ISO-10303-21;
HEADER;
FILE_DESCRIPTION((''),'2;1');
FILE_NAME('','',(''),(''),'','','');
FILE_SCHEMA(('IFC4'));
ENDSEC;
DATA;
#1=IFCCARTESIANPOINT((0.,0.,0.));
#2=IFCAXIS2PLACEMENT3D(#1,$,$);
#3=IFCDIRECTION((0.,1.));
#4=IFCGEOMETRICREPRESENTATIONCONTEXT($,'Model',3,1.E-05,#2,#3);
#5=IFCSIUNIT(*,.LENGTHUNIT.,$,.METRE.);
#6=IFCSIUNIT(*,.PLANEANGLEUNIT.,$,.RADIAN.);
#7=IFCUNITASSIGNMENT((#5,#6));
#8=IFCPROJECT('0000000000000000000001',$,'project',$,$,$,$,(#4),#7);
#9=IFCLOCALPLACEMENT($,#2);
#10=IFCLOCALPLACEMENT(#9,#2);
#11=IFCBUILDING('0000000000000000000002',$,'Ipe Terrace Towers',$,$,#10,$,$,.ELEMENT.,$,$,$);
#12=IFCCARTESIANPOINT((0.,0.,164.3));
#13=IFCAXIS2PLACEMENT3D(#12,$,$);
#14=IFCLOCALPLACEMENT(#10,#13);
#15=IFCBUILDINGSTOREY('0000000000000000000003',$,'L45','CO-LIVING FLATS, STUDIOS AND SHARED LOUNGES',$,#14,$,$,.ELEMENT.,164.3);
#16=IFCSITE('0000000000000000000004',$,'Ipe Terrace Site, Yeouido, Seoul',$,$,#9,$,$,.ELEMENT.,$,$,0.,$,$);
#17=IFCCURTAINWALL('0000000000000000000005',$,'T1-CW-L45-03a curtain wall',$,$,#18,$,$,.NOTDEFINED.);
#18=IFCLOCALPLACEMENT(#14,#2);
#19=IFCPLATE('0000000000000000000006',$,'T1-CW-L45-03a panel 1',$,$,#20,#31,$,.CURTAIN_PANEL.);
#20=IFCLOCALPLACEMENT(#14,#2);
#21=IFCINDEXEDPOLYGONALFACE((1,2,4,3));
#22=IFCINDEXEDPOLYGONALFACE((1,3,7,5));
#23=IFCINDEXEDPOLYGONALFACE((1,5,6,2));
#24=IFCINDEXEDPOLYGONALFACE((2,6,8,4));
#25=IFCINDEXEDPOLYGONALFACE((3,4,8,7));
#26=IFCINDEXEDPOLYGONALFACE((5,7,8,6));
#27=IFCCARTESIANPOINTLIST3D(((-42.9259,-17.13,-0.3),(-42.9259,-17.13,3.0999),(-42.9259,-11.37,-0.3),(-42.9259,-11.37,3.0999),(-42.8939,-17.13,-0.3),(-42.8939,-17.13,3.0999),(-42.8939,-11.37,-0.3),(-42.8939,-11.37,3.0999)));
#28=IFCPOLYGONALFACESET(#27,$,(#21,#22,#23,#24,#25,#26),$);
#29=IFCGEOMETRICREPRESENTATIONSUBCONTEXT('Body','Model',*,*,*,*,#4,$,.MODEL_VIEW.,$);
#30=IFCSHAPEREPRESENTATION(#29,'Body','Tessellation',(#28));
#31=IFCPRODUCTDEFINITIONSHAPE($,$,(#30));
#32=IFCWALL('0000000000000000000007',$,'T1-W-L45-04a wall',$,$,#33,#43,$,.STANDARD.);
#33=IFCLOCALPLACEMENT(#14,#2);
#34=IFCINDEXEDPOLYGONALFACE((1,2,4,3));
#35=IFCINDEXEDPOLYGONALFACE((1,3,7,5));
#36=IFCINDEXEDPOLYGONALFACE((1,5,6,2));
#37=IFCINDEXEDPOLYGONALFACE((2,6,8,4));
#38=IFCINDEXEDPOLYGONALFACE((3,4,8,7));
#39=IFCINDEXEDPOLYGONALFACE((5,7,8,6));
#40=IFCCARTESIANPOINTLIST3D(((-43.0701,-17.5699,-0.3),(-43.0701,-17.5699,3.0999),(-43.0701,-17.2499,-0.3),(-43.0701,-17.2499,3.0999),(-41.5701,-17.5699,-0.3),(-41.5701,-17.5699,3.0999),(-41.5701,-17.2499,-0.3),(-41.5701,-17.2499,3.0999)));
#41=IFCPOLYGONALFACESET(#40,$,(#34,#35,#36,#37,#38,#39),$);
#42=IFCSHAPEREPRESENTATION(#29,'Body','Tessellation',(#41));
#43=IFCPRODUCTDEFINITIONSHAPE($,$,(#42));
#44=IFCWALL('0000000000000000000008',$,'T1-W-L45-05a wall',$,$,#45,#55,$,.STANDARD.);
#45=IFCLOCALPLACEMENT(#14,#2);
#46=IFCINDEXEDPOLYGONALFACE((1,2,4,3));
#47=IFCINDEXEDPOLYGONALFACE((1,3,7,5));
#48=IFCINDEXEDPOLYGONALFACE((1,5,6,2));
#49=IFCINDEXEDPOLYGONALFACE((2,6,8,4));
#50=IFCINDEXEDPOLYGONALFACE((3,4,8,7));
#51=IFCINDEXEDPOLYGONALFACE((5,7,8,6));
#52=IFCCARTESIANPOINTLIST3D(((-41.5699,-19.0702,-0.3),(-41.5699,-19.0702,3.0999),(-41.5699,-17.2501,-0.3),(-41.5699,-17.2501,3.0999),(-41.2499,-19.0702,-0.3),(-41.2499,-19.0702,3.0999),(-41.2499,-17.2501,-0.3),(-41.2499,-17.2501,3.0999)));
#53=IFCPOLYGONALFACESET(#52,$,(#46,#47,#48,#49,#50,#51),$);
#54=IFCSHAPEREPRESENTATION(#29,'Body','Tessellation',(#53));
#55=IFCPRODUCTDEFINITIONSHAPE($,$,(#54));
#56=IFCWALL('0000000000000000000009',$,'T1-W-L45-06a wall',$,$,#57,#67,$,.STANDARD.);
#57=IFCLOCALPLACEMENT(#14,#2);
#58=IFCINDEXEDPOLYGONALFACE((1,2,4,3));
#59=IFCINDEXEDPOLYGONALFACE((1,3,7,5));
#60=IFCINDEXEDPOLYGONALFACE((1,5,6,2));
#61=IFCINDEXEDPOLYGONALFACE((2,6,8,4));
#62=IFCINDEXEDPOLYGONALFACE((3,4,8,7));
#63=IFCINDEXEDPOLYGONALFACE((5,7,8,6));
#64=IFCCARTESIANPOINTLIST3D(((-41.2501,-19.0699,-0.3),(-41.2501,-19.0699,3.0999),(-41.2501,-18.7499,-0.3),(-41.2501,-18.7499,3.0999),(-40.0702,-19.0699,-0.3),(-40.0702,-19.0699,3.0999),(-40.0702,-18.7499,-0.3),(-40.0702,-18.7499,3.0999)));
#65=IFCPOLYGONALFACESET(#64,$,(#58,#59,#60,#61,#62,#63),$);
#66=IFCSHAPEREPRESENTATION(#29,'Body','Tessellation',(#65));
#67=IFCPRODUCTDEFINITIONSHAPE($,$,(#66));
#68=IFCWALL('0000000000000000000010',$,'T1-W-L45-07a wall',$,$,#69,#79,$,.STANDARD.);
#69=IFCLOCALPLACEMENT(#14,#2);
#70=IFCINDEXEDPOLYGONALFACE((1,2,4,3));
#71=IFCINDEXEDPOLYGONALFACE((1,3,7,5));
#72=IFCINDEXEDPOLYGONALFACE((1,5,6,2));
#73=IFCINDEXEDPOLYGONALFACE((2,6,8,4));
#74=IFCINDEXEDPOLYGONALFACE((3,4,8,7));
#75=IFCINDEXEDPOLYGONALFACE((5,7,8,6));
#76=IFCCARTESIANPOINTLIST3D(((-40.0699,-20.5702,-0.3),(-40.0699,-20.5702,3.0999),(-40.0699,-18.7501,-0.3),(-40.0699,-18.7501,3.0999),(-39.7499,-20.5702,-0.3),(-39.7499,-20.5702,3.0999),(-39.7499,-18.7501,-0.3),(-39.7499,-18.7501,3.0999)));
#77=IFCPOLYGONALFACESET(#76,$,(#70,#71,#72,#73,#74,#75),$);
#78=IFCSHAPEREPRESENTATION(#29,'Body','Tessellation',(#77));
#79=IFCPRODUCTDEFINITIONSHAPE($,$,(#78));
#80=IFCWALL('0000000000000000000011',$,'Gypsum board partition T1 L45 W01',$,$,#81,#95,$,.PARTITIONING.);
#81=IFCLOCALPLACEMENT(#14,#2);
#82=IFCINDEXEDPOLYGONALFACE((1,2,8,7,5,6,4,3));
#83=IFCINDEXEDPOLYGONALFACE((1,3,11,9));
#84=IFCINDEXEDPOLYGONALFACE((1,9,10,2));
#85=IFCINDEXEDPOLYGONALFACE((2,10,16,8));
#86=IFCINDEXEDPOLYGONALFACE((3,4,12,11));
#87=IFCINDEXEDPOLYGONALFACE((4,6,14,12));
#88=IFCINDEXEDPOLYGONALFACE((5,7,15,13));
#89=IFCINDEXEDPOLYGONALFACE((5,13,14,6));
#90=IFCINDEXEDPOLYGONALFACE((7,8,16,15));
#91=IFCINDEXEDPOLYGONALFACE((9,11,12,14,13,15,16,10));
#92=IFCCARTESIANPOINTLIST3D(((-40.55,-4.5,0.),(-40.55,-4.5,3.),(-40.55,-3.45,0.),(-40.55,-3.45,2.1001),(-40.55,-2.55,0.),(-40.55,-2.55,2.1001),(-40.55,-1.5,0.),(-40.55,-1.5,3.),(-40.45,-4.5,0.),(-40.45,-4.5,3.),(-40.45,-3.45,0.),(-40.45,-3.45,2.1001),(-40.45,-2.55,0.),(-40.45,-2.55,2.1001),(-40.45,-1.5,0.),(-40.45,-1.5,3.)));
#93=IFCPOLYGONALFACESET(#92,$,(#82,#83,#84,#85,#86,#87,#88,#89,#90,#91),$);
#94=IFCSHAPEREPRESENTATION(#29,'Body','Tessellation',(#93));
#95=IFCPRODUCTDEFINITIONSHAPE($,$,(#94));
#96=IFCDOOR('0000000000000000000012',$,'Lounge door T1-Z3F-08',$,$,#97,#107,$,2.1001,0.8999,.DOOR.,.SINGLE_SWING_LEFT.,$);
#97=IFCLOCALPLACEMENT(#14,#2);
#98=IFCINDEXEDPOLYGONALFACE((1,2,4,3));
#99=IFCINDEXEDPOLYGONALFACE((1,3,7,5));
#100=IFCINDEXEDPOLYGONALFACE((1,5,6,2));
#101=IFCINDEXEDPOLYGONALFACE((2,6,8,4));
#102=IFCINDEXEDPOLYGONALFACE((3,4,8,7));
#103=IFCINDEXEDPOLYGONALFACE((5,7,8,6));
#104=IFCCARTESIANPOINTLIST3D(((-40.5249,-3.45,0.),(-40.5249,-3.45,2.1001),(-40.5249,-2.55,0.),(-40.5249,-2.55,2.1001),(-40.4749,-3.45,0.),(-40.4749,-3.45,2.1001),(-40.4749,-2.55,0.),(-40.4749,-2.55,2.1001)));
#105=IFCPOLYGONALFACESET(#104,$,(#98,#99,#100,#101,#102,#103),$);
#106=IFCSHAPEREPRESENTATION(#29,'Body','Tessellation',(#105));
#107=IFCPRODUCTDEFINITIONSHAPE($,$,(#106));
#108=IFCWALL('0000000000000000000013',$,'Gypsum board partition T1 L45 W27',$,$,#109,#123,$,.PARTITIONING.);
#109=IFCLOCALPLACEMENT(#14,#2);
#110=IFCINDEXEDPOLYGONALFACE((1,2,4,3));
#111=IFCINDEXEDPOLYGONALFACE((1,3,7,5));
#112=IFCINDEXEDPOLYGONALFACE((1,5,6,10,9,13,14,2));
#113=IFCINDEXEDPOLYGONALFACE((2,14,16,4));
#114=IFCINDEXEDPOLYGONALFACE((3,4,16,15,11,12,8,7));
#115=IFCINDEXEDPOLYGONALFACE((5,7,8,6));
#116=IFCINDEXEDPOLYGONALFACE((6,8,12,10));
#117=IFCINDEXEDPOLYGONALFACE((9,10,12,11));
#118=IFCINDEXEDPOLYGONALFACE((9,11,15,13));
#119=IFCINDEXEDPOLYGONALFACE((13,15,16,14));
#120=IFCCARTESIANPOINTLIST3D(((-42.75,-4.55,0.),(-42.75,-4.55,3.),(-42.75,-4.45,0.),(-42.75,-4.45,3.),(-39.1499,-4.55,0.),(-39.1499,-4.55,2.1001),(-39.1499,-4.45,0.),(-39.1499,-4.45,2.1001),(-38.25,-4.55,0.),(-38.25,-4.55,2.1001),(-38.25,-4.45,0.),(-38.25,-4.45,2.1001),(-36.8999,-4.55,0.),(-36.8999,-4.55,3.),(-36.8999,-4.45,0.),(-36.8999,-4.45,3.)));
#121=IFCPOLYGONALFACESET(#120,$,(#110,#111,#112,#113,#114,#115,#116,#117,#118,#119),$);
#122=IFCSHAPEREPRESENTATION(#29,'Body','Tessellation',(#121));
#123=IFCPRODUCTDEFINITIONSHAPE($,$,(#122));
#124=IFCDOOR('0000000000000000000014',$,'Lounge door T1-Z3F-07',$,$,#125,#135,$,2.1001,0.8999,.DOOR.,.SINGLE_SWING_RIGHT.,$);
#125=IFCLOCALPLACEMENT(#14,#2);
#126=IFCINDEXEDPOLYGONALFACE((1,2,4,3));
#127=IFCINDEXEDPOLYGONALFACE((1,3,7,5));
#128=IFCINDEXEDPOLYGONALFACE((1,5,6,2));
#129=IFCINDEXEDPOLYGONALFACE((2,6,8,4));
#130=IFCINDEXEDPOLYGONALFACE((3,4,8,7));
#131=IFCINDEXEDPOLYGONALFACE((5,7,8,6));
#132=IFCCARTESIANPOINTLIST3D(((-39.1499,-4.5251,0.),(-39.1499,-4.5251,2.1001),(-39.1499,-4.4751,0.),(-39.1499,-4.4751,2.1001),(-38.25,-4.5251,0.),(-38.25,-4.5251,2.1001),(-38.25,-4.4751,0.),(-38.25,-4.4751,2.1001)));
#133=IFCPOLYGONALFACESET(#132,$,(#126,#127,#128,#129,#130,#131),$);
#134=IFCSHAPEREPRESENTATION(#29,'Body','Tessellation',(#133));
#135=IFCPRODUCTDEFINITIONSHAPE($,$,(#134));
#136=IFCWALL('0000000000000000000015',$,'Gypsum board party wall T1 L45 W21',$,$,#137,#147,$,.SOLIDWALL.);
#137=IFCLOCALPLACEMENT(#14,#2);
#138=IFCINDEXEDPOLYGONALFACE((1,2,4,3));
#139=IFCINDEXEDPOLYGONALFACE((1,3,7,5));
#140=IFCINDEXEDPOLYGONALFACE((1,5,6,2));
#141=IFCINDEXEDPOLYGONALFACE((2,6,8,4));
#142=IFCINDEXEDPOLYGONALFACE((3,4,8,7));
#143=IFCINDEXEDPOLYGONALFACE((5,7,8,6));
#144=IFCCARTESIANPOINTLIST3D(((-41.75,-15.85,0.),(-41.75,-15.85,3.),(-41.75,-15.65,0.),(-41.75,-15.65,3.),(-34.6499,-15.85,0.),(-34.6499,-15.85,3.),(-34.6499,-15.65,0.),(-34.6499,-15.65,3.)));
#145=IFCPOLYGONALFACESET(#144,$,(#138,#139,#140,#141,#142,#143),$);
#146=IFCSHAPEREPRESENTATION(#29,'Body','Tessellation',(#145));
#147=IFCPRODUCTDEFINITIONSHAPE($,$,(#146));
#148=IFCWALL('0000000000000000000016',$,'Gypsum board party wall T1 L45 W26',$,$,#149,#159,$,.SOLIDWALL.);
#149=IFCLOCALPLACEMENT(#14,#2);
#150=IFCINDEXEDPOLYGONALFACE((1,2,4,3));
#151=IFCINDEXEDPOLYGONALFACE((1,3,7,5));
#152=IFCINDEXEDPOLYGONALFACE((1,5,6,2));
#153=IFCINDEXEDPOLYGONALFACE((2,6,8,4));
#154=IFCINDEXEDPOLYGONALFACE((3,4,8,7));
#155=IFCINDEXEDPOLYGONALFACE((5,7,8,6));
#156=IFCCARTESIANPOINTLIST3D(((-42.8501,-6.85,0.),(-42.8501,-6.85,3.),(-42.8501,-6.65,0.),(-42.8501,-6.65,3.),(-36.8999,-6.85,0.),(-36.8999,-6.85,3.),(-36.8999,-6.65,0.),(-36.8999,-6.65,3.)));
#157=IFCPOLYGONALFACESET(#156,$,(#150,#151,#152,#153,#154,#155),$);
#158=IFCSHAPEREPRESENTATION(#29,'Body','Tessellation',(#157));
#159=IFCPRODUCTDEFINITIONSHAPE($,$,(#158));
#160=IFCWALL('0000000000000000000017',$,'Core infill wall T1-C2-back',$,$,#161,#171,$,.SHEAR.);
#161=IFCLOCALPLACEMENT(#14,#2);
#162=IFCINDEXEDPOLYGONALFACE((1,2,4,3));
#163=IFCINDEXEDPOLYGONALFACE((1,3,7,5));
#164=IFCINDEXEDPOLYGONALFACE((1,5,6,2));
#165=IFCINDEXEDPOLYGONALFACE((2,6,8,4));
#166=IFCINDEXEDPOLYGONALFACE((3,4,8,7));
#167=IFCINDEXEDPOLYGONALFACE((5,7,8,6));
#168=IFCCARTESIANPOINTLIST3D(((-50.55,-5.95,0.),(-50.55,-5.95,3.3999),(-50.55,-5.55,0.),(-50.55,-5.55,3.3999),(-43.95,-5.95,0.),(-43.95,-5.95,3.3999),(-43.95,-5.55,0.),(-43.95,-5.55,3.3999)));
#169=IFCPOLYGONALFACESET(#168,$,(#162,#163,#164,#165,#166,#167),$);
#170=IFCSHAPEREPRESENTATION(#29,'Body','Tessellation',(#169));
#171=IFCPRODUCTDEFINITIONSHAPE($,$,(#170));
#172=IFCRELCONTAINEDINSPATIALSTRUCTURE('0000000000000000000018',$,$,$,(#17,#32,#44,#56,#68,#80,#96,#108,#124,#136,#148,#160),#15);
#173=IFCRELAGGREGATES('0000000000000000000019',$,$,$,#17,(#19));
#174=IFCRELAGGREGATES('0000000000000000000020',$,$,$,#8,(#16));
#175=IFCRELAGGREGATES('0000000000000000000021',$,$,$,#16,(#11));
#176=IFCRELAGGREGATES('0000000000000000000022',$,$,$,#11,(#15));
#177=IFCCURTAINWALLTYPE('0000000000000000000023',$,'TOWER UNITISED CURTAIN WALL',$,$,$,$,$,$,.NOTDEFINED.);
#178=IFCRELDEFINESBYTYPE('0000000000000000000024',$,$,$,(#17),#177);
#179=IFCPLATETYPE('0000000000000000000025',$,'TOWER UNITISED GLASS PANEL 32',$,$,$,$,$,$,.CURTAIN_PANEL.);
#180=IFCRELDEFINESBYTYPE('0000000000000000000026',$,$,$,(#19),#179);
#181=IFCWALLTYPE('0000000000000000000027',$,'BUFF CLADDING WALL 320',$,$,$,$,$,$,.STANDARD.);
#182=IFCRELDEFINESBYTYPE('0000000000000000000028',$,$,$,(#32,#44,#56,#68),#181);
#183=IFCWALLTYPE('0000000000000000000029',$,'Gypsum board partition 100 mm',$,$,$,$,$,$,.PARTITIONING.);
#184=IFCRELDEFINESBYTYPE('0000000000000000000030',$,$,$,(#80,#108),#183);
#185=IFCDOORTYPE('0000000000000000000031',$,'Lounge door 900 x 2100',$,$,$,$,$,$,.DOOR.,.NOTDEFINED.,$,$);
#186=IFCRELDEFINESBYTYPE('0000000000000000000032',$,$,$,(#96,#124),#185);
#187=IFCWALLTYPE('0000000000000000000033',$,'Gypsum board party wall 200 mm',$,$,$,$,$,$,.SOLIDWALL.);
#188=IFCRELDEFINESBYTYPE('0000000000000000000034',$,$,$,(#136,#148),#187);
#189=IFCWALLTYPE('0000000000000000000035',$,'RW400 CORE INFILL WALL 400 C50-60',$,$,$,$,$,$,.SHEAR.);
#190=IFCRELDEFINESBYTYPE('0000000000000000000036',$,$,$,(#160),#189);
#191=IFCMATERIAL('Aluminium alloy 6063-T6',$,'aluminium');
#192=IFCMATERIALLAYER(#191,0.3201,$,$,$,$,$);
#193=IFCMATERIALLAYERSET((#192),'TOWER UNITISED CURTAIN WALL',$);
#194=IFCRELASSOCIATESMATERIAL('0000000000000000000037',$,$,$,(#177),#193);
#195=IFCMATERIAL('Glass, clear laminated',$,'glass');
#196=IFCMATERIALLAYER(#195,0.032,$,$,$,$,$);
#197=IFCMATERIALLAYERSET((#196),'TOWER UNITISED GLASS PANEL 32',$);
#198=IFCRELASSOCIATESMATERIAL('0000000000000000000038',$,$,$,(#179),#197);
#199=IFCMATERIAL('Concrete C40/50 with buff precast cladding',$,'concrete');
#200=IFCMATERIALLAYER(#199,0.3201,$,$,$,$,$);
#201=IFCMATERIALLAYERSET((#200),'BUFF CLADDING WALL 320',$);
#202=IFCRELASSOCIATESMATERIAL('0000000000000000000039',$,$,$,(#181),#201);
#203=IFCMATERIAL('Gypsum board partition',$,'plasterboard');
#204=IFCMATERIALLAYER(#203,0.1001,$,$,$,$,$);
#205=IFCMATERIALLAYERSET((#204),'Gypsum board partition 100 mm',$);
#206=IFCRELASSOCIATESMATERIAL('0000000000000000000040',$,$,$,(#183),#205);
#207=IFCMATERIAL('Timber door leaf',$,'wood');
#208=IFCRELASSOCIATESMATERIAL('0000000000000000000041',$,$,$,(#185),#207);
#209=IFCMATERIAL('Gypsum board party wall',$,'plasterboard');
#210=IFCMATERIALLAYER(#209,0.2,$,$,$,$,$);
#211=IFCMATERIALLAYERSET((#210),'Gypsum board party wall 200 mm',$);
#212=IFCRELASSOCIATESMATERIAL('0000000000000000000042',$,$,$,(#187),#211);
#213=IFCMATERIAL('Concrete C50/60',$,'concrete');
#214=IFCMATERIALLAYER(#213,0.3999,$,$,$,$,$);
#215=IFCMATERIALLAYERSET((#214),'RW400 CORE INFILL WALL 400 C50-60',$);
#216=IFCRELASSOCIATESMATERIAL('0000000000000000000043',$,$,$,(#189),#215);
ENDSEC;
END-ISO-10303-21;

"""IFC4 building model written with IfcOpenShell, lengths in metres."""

from ifc_helpers import new_model, si_unit, direction, frame, frame_2d, origin, origin_2d, place, context, subcontext, project, spatial, rectangle, extrude, material, layer, layer_set, type_object, element, fill, aggregate, save


model = new_model("IFC4")

# Units and contexts
model_context = context("Model", 3, precision=1e-05, world=origin(), true_north=direction((0.0, 1.0)))
body_context = subcontext(model_context, "Body", "Model", "MODEL_VIEW")
ifc_project = project(units=[si_unit("LENGTHUNIT", "METRE"), si_unit("PLANEANGLEUNIT", "RADIAN")], contexts=[model_context])

# Site, building, storey
site_placement = place(None, origin())
site = spatial("IfcSite", under=ifc_project, at=site_placement, Name="Ipe Terrace Site, Yeouido, Seoul", CompositionType="ELEMENT", RefElevation=0.0)
building_placement = place(site_placement, origin())
building = spatial("IfcBuilding", under=site, at=building_placement, Name="Ipe Terrace Towers", CompositionType="ELEMENT")
storey_placement = place(building_placement, frame((0.0, 0.0, 164.3)))
storey = spatial("IfcBuildingStorey", under=building, at=storey_placement, Name="L45", Description="CO-LIVING FLATS, STUDIOS AND SHARED LOUNGES", CompositionType="ELEMENT", Elevation=164.3)

# Curtain wall
ifc_material_1 = material(Name="Aluminium alloy 6063-T6", Category="aluminium")
ifc_layer_1 = layer(ifc_material_1, 0.3201)
ifc_layer_set_1 = layer_set([ifc_layer_1], Name="TOWER UNITISED CURTAIN WALL")
curtain_wall_type = type_object("IfcCurtainWallType", Name="TOWER UNITISED CURTAIN WALL", PredefinedType="NOTDEFINED", material=ifc_layer_set_1)
curtain_wall_1_placement = place(storey_placement, origin())
curtain_wall_1 = element("IfcCurtainWall", 1, at=curtain_wall_1_placement, inside=storey, type_object=curtain_wall_type, Name="T1-CW-L45-03a curtain wall", PredefinedType="NOTDEFINED")

# Plate
ifc_material_2 = material(Name="Glass, clear laminated", Category="glass")
ifc_layer_2 = layer(ifc_material_2, 0.032)
ifc_layer_set_2 = layer_set([ifc_layer_2], Name="TOWER UNITISED GLASS PANEL 32")
plate_type = type_object("IfcPlateType", Name="TOWER UNITISED GLASS PANEL 32", PredefinedType="CURTAIN_PANEL", material=ifc_layer_set_2)
plate_1_placement = place(storey_placement, frame((-42.9099, -14.25, -0.3), z_axis=(0.0, 0.0, 1.0), x_axis=(0.0, -1.0, 0.0)))
plate_1 = element("IfcPlate", 2, at=plate_1_placement, type_object=plate_type, Name="T1-CW-L45-03a panel 1", PredefinedType="CURTAIN_PANEL", context=body_context, shape_type="SweptSolid", body=[
    extrude(rectangle(XDim=5.76, YDim=0.032, at=origin_2d()), origin(), (0.0, 0.0, 1.0), 3.3999),
])
aggregate(curtain_wall_1, [plate_1])

# Walls
ifc_material_3 = material(Name="Concrete C40/50 with buff precast cladding", Category="concrete")
ifc_layer_3 = layer(ifc_material_3, 0.3201)
ifc_layer_set_3 = layer_set([ifc_layer_3], Name="BUFF CLADDING WALL 320")
wall_type_1 = type_object("IfcWallType", Name="BUFF CLADDING WALL 320", PredefinedType="STANDARD", material=ifc_layer_set_3)
wall_1_placement = place(storey_placement, frame((-43.0701, -17.4099, -0.3), z_axis=(0.0, 0.0, 1.0), x_axis=(1.0, 0.0, 0.0)))
element("IfcWall", 3, at=wall_1_placement, inside=storey, type_object=wall_type_1, Name="T1-W-L45-04a wall", PredefinedType="STANDARD", context=body_context, shape_type="SweptSolid", body=[
    extrude(rectangle(XDim=1.5, YDim=0.3201, at=frame_2d((0.75, 0.0))), origin(), (0.0, 0.0, 1.0), 3.3999),
])
wall_2_placement = place(storey_placement, frame((-41.4099, -17.25, -0.3), z_axis=(0.0, 0.0, 1.0), x_axis=(0.0, -1.0, 0.0)))
element("IfcWall", 4, at=wall_2_placement, inside=storey, type_object=wall_type_1, Name="T1-W-L45-05a wall", PredefinedType="STANDARD", context=body_context, shape_type="SweptSolid", body=[
    extrude(rectangle(XDim=1.8201, YDim=0.3201, at=frame_2d((0.9102, 0.0))), origin(), (0.0, 0.0, 1.0), 3.3999),
])
wall_3_placement = place(storey_placement, frame((-41.25, -18.9099, -0.3), z_axis=(0.0, 0.0, 1.0), x_axis=(1.0, 0.0, 0.0)))
element("IfcWall", 5, at=wall_3_placement, inside=storey, type_object=wall_type_1, Name="T1-W-L45-06a wall", PredefinedType="STANDARD", context=body_context, shape_type="SweptSolid", body=[
    extrude(rectangle(XDim=1.1799, YDim=0.3201, at=frame_2d((0.5898, 0.0))), origin(), (0.0, 0.0, 1.0), 3.3999),
])
wall_4_placement = place(storey_placement, frame((-39.9099, -18.75, -0.3), z_axis=(0.0, 0.0, 1.0), x_axis=(0.0, -1.0, 0.0)))
element("IfcWall", 6, at=wall_4_placement, inside=storey, type_object=wall_type_1, Name="T1-W-L45-07a wall", PredefinedType="STANDARD", context=body_context, shape_type="SweptSolid", body=[
    extrude(rectangle(XDim=1.8201, YDim=0.3201, at=frame_2d((0.9102, 0.0))), origin(), (0.0, 0.0, 1.0), 3.3999),
])

# Walls, openings, doors
ifc_material_4 = material(Name="Gypsum board partition", Category="plasterboard")
ifc_layer_4 = layer(ifc_material_4, 0.1001)
ifc_layer_set_4 = layer_set([ifc_layer_4], Name="Gypsum board partition 100 mm")
wall_type_2 = type_object("IfcWallType", Name="Gypsum board partition 100 mm", PredefinedType="PARTITIONING", material=ifc_layer_set_4)
wall_5_placement = place(storey_placement, frame((-40.5, -4.5, 0.0), z_axis=(0.0, 0.0, 1.0), x_axis=(0.0, 1.0, 0.0)))
wall_5 = element("IfcWall", 7, at=wall_5_placement, inside=storey, type_object=wall_type_2, Name="Gypsum board partition T1 L45 W01", PredefinedType="PARTITIONING", context=body_context, shape_type="SweptSolid", body=[
    extrude(rectangle(XDim=3.0, YDim=0.1001, at=frame_2d((1.5, 0.0))), origin(), (0.0, 0.0, 1.0), 3.0),
])
opening_1_placement = place(wall_5_placement, frame((1.05, 0.0, 0.0)))
opening_1 = element("IfcOpeningElement", 8, at=opening_1_placement, cuts=wall_5, PredefinedType="OPENING", context=body_context, shape_type="SweptSolid", body=[
    extrude(rectangle(XDim=0.8999, YDim=2.1001, at=frame_2d((0.45, 1.05))), frame((0.0, 0.0601, 0.0), z_axis=(0.0, -1.0, 0.0), x_axis=(1.0, 0.0, 0.0)), (0.0, 0.0, 1.0), 0.1201),
])
ifc_material_5 = material(Name="Timber door leaf", Category="wood")
door_type_1 = type_object("IfcDoorType", Name="Lounge door 900 x 2100", OperationType="NOTDEFINED", PredefinedType="DOOR", material=ifc_material_5)
door_1_placement = place(opening_1_placement, origin())
door_1 = element("IfcDoor", 9, at=door_1_placement, inside=storey, type_object=door_type_1, Name="Lounge door T1-Z3F-08", OperationType="SINGLE_SWING_LEFT", OverallHeight=2.1001, OverallWidth=0.8999, PredefinedType="DOOR", context=body_context, shape_type="SweptSolid", body=[
    extrude(rectangle(XDim=0.8999, YDim=2.1001, at=frame_2d((0.45, 1.05))), frame((0.0, 0.0249, 0.0), z_axis=(0.0, -1.0, 0.0), x_axis=(1.0, 0.0, 0.0)), (0.0, 0.0, 1.0), 0.05),
])
fill(opening_1, door_1)
wall_6_placement = place(storey_placement, frame((-42.75, -4.5, 0.0), z_axis=(0.0, 0.0, 1.0), x_axis=(1.0, 0.0, 0.0)))
wall_6 = element("IfcWall", 10, at=wall_6_placement, inside=storey, type_object=wall_type_2, Name="Gypsum board partition T1 L45 W27", PredefinedType="PARTITIONING", context=body_context, shape_type="SweptSolid", body=[
    extrude(rectangle(XDim=5.8501, YDim=0.1001, at=frame_2d((2.925, 0.0))), origin(), (0.0, 0.0, 1.0), 3.0),
])
opening_2_placement = place(wall_6_placement, frame((3.6001, 0.0, 0.0)))
opening_2 = element("IfcOpeningElement", 11, at=opening_2_placement, cuts=wall_6, PredefinedType="OPENING", context=body_context, shape_type="SweptSolid", body=[
    extrude(rectangle(XDim=0.8999, YDim=2.1001, at=frame_2d((0.45, 1.05))), frame((0.0, 0.0601, 0.0), z_axis=(0.0, -1.0, 0.0), x_axis=(1.0, 0.0, 0.0)), (0.0, 0.0, 1.0), 0.1201),
])
door_2_placement = place(opening_2_placement, origin())
door_2 = element("IfcDoor", 12, at=door_2_placement, inside=storey, type_object=door_type_1, Name="Lounge door T1-Z3F-07", OperationType="SINGLE_SWING_RIGHT", OverallHeight=2.1001, OverallWidth=0.8999, PredefinedType="DOOR", context=body_context, shape_type="SweptSolid", body=[
    extrude(rectangle(XDim=0.8999, YDim=2.1001, at=frame_2d((0.45, 1.05))), frame((0.0, 0.0249, 0.0), z_axis=(0.0, -1.0, 0.0), x_axis=(1.0, 0.0, 0.0)), (0.0, 0.0, 1.0), 0.05),
])
fill(opening_2, door_2)

# Walls
ifc_material_6 = material(Name="Gypsum board party wall", Category="plasterboard")
ifc_layer_5 = layer(ifc_material_6, 0.2)
ifc_layer_set_5 = layer_set([ifc_layer_5], Name="Gypsum board party wall 200 mm")
wall_type_3 = type_object("IfcWallType", Name="Gypsum board party wall 200 mm", PredefinedType="SOLIDWALL", material=ifc_layer_set_5)
wall_7_placement = place(storey_placement, frame((-41.75, -15.75, 0.0), z_axis=(0.0, 0.0, 1.0), x_axis=(1.0, 0.0, 0.0)))
element("IfcWall", 13, at=wall_7_placement, inside=storey, type_object=wall_type_3, Name="Gypsum board party wall T1 L45 W21", PredefinedType="SOLIDWALL", context=body_context, shape_type="SweptSolid", body=[
    extrude(rectangle(XDim=7.1001, YDim=0.2, at=frame_2d((3.55, 0.0))), origin(), (0.0, 0.0, 1.0), 3.0),
])
wall_8_placement = place(storey_placement, frame((-42.8501, -6.75, 0.0), z_axis=(0.0, 0.0, 1.0), x_axis=(1.0, 0.0, 0.0)))
element("IfcWall", 14, at=wall_8_placement, inside=storey, type_object=wall_type_3, Name="Gypsum board party wall T1 L45 W26", PredefinedType="SOLIDWALL", context=body_context, shape_type="SweptSolid", body=[
    extrude(rectangle(XDim=5.9502, YDim=0.2, at=frame_2d((2.9751, 0.0))), origin(), (0.0, 0.0, 1.0), 3.0),
])
ifc_material_7 = material(Name="Concrete C50/60", Category="concrete")
ifc_layer_6 = layer(ifc_material_7, 0.3999)
ifc_layer_set_6 = layer_set([ifc_layer_6], Name="RW400 CORE INFILL WALL 400 C50-60")
wall_type_4 = type_object("IfcWallType", Name="RW400 CORE INFILL WALL 400 C50-60", PredefinedType="SHEAR", material=ifc_layer_set_6)
wall_9_placement = place(storey_placement, frame((-43.95, -5.75, 0.0), z_axis=(0.0, 0.0, 1.0), x_axis=(-1.0, 0.0, 0.0)))
element("IfcWall", 15, at=wall_9_placement, inside=storey, type_object=wall_type_4, Name="Core infill wall T1-C2-back", PredefinedType="SHEAR", context=body_context, shape_type="SweptSolid", body=[
    extrude(rectangle(XDim=6.6001, YDim=0.3999, at=frame_2d((3.3, 0.0))), origin(), (0.0, 0.0, 1.0), 3.3999),
])

save(model, "model.ifc")
